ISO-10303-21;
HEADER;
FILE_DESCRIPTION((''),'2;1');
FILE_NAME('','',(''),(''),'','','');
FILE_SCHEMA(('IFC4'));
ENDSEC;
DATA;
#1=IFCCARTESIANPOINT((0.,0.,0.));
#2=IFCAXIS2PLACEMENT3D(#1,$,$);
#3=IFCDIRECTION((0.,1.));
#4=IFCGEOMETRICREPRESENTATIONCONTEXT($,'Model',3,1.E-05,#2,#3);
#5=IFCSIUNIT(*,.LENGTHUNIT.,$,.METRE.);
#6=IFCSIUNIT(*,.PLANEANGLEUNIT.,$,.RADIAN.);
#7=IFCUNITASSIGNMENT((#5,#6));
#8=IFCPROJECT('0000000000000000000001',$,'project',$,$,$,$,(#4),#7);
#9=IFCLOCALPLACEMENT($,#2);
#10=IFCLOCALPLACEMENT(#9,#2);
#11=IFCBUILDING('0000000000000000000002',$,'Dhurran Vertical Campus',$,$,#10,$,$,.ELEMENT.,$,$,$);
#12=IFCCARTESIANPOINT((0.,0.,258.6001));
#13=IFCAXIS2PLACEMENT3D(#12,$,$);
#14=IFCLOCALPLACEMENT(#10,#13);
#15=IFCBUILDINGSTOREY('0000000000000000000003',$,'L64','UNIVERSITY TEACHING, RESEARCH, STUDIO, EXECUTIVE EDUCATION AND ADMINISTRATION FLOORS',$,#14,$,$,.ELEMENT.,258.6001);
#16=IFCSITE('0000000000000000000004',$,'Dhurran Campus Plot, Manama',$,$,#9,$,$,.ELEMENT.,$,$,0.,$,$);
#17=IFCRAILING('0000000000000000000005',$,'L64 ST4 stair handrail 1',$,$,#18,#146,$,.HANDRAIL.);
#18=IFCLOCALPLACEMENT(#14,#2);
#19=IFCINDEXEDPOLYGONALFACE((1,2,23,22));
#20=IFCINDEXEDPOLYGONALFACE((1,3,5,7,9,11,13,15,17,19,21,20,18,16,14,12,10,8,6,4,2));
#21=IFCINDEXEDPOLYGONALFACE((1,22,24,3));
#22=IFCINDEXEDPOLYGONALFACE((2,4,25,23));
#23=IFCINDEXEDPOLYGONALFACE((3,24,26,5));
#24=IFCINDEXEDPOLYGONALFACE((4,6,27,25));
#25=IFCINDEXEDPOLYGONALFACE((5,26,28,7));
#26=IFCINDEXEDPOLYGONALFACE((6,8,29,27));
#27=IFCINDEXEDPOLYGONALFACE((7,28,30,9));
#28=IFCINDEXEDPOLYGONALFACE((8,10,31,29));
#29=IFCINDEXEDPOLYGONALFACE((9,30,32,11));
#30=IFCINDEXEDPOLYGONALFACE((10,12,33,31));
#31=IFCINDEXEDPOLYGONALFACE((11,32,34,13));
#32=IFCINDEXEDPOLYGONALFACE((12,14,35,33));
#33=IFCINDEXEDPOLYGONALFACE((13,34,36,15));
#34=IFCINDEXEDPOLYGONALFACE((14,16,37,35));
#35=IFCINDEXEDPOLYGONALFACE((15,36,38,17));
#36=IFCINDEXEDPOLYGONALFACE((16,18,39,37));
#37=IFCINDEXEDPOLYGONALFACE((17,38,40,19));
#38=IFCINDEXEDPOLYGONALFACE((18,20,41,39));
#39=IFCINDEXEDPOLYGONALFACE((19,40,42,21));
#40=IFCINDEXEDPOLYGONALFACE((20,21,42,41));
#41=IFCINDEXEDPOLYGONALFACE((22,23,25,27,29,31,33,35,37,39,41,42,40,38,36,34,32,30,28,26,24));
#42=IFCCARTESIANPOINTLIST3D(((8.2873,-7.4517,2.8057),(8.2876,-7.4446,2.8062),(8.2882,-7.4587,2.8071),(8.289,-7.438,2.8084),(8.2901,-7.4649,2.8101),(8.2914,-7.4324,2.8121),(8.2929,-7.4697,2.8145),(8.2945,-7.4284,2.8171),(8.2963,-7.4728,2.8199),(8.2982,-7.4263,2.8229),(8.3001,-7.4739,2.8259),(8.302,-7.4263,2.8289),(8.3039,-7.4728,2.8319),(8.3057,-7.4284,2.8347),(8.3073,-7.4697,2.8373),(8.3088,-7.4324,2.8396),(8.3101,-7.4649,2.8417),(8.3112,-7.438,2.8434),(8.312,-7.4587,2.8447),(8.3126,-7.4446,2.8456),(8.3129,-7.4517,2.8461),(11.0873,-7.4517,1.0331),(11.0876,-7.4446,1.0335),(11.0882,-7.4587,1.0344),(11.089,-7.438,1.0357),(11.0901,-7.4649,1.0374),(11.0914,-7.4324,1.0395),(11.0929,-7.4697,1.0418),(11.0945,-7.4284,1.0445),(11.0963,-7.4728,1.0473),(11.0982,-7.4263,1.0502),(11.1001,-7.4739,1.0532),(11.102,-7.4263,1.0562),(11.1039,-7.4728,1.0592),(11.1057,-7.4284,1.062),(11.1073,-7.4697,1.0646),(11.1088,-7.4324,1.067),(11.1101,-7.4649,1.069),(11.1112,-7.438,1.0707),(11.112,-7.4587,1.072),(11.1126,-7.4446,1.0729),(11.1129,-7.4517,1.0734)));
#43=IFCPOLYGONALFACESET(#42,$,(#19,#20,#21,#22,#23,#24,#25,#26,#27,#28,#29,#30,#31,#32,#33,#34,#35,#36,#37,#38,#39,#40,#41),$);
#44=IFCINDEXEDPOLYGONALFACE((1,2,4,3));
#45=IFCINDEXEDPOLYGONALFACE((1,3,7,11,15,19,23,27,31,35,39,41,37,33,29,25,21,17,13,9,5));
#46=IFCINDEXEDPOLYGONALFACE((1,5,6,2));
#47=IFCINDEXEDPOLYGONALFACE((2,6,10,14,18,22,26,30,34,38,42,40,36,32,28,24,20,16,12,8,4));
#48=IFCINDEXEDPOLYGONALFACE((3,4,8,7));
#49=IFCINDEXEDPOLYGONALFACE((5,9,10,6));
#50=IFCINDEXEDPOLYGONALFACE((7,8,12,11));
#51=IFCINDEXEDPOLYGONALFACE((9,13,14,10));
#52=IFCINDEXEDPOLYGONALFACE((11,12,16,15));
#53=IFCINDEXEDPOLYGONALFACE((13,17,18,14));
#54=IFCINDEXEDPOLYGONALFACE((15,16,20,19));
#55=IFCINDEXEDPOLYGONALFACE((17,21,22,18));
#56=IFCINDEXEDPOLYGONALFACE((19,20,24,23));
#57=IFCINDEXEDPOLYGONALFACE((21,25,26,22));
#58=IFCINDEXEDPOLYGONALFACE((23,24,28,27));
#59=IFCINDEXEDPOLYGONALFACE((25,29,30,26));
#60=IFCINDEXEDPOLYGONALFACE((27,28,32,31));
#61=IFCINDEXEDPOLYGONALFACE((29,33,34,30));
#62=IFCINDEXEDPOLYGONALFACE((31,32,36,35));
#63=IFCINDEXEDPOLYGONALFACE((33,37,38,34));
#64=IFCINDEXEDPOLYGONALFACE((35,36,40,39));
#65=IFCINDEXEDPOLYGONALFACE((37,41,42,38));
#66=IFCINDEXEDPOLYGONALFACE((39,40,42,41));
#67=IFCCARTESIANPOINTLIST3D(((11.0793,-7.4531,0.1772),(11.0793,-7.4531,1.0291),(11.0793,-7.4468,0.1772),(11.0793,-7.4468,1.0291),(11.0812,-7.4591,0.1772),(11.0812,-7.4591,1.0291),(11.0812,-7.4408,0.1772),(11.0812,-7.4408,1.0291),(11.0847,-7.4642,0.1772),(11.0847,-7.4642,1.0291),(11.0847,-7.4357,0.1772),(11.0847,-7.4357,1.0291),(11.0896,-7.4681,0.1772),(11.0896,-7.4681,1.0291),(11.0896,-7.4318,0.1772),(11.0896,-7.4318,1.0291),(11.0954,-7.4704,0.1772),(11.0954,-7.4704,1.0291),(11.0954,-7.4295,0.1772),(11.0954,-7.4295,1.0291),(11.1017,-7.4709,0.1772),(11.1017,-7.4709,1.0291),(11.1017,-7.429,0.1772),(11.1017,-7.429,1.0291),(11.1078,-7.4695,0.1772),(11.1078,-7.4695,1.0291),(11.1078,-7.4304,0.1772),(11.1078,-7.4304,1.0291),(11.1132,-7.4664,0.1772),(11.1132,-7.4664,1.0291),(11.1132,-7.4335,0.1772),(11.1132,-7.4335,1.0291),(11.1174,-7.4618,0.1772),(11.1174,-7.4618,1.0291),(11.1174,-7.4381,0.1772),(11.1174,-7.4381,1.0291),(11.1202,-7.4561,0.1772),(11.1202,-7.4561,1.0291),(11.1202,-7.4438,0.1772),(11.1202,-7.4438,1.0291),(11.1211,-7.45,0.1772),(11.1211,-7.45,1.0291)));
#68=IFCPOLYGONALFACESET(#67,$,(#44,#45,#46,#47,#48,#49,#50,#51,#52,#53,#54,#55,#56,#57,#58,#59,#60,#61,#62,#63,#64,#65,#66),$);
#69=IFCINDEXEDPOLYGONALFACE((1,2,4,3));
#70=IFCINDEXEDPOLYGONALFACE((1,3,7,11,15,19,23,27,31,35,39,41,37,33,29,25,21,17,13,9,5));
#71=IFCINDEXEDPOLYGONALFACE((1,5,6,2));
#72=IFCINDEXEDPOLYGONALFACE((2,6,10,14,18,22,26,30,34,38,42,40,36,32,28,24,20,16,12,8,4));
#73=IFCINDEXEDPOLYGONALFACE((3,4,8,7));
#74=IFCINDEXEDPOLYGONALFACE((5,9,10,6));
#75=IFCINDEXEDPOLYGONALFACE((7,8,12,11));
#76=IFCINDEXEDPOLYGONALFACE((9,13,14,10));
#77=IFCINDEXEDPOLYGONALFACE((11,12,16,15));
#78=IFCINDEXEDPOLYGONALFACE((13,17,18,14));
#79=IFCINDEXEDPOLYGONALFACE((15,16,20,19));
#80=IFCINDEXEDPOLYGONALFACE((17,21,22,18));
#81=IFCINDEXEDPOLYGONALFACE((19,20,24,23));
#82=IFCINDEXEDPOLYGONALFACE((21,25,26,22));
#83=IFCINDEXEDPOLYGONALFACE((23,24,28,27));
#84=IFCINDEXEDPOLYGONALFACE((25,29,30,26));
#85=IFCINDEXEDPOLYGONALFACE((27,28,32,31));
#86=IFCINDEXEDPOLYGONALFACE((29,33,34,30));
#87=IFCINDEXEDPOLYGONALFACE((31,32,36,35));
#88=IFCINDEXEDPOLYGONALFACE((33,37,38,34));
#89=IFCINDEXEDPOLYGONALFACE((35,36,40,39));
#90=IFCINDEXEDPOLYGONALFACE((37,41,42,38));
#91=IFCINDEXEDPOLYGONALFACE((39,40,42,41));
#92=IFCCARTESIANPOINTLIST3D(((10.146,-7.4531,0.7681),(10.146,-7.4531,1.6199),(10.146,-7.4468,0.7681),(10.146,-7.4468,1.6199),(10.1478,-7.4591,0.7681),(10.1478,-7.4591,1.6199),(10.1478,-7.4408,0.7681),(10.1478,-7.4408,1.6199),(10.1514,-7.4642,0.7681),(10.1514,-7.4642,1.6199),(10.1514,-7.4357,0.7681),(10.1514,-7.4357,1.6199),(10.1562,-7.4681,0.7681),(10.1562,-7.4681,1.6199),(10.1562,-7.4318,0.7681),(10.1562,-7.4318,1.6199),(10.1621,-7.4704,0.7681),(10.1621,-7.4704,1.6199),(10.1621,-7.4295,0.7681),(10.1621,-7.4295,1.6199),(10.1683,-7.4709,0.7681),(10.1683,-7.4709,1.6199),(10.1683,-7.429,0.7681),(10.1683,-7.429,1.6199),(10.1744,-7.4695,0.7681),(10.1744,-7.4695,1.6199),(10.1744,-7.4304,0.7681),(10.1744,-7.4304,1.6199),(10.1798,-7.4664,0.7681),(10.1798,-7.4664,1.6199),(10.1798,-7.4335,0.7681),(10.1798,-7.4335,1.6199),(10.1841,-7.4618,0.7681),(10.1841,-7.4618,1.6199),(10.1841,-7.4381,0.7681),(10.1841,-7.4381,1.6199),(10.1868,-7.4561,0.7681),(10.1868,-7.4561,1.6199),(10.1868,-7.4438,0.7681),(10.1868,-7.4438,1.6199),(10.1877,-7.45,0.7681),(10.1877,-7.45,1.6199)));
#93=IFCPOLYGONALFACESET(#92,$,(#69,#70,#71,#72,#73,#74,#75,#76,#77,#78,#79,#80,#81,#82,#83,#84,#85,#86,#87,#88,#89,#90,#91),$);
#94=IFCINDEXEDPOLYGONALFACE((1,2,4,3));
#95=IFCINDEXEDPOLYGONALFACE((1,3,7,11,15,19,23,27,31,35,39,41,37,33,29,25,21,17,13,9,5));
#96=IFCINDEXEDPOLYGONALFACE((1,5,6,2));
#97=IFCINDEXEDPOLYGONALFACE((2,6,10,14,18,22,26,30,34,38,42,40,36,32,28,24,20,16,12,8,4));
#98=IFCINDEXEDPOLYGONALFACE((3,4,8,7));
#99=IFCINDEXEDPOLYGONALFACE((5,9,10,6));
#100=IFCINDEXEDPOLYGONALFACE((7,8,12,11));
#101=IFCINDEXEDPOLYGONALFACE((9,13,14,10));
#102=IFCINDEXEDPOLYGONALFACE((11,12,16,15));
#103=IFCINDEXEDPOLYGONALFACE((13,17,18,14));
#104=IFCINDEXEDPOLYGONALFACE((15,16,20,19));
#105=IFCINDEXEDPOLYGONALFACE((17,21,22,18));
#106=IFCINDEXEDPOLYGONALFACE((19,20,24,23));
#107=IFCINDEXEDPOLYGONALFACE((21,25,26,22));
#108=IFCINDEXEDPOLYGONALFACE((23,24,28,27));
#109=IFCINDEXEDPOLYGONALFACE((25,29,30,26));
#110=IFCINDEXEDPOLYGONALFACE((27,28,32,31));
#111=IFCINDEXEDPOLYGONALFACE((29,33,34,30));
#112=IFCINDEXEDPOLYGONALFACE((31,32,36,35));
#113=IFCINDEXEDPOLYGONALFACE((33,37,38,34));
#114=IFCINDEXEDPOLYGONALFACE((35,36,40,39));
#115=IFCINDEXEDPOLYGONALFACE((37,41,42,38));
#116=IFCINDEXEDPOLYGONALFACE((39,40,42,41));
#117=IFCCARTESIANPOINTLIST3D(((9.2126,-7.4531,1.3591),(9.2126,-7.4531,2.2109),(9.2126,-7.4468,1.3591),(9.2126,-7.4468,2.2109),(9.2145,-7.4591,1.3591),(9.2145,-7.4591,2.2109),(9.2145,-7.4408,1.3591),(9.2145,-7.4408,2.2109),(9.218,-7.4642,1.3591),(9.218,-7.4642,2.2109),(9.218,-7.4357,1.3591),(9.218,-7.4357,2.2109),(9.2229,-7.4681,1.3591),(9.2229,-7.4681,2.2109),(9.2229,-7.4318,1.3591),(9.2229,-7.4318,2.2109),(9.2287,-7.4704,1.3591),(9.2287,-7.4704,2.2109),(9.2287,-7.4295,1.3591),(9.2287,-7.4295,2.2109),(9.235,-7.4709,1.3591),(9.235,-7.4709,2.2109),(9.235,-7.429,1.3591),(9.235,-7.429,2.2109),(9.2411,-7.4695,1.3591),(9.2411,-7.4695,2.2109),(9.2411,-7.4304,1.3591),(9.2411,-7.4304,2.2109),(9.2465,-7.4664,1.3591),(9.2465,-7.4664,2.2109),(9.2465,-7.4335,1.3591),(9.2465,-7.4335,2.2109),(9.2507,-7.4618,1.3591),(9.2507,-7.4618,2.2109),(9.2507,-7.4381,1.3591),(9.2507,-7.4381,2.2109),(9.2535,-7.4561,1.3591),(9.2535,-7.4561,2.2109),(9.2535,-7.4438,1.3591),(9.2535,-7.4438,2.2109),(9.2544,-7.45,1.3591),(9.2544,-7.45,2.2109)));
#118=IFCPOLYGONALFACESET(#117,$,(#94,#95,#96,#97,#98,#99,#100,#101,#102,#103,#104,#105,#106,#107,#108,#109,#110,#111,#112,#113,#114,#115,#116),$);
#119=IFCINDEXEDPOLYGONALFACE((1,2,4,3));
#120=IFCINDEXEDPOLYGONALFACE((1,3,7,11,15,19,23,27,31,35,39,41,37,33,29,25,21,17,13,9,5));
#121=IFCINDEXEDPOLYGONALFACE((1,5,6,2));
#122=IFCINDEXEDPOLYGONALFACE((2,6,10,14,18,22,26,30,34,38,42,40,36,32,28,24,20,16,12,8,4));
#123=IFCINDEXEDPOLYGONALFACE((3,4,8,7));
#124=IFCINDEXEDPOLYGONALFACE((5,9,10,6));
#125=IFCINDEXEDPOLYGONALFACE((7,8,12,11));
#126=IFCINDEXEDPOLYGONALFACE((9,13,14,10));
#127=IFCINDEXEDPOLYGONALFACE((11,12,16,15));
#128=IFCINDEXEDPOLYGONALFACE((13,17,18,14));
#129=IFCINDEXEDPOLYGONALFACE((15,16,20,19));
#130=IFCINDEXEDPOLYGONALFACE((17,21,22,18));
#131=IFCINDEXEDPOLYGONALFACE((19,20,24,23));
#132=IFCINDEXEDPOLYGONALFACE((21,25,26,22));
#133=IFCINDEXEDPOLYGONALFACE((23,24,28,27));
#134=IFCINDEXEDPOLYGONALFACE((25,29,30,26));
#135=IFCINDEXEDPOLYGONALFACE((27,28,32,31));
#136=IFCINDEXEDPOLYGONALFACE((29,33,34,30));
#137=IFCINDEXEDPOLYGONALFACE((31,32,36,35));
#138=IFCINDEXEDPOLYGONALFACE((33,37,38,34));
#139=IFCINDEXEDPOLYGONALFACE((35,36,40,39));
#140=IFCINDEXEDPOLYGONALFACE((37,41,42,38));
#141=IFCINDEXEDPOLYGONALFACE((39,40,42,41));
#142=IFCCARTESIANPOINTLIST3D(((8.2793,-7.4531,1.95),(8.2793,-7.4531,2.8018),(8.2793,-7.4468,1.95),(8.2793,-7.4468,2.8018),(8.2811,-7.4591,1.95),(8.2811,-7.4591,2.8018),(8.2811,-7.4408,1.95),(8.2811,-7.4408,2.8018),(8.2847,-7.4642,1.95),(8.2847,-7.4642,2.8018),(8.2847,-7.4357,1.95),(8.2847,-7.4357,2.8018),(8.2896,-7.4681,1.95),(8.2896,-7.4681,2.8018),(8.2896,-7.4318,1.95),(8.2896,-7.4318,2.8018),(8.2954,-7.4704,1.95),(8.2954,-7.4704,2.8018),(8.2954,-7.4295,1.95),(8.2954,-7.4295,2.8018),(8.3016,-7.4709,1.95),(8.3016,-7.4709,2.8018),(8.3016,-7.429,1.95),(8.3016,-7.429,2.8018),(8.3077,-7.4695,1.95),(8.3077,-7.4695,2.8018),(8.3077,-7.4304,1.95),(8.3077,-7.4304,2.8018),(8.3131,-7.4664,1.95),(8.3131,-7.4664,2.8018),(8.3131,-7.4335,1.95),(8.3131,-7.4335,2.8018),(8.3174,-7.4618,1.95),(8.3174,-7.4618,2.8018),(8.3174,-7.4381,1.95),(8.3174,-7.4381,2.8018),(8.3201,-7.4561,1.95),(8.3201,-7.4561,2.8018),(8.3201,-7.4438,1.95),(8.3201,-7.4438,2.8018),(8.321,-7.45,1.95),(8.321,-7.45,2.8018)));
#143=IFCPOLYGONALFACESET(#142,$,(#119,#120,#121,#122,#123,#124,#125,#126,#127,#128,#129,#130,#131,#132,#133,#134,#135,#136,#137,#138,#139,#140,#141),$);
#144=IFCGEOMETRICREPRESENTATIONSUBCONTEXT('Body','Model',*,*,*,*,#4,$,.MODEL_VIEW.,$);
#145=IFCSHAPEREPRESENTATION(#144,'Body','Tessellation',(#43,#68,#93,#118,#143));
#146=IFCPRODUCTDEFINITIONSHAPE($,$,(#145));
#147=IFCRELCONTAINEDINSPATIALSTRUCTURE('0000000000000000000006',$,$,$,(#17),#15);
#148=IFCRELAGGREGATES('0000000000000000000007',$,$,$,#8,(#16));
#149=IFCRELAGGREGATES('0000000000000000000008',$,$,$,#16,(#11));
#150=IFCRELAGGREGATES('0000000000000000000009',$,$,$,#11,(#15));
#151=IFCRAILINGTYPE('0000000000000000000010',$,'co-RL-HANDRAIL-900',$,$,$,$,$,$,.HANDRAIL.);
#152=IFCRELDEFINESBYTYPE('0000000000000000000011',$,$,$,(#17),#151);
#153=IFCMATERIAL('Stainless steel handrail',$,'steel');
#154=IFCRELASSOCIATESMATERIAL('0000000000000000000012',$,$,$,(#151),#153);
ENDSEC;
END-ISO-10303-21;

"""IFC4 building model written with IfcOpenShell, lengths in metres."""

from ifc_helpers import new_model, si_unit, direction, frame, origin, origin_2d, place, context, subcontext, project, spatial, circle, extrude, material, type_object, element, save


model = new_model("IFC4")

# Units and contexts
model_context = context("Model", 3, precision=1e-05, world=origin(), true_north=direction((0.0, 1.0)))
body_context = subcontext(model_context, "Body", "Model", "MODEL_VIEW")
ifc_project = project(units=[si_unit("LENGTHUNIT", "METRE"), si_unit("PLANEANGLEUNIT", "RADIAN")], contexts=[model_context])

# Site, building, storey
site_placement = place(None, origin())
site = spatial("IfcSite", under=ifc_project, at=site_placement, Name="Dhurran Campus Plot, Manama", CompositionType="ELEMENT", RefElevation=0.0)
building_placement = place(site_placement, origin())
building = spatial("IfcBuilding", under=site, at=building_placement, Name="Dhurran Vertical Campus", CompositionType="ELEMENT")
storey_placement = place(building_placement, frame((0.0, 0.0, 258.6001)))
storey = spatial("IfcBuildingStorey", under=building, at=storey_placement, Name="L64", Description="UNIVERSITY TEACHING, RESEARCH, STUDIO, EXECUTIVE EDUCATION AND ADMINISTRATION FLOORS", CompositionType="ELEMENT", Elevation=258.6001)

# Railing
ifc_material_1 = material(Name="Stainless steel handrail", Category="steel")
railing_type_1 = type_object("IfcRailingType", Name="co-RL-HANDRAIL-900", PredefinedType="HANDRAIL", material=ifc_material_1)
railing_1_placement = place(storey_placement, frame((11.1001, -7.45, 0.1772)))
element("IfcRailing", 1, at=railing_1_placement, inside=storey, type_object=railing_type_1, Name="L64 ST4 stair handrail 1", PredefinedType="HANDRAIL", context=body_context, shape_type="SweptSolid", body=[
    extrude(circle(Radius=0.0239, at=origin_2d()), frame((0.0, 0.0, 0.876), z_axis=(-0.844909, 0.0, 0.53491), x_axis=(0.0, -1.0, 0.0)), (0.0, 0.0, 1.0), 3.314),
    extrude(circle(Radius=0.021, at=origin_2d()), origin(), (0.0, 0.0, 1.0), 0.8518),
    extrude(circle(Radius=0.021, at=origin_2d()), frame((-0.9333, 0.0, 0.5908)), (0.0, 0.0, 1.0), 0.8518),
    extrude(circle(Radius=0.021, at=origin_2d()), frame((-1.8667, 0.0, 1.1819)), (0.0, 0.0, 1.0), 0.8518),
    extrude(circle(Radius=0.021, at=origin_2d()), frame((-2.8, 0.0, 1.7727)), (0.0, 0.0, 1.0), 0.8518),
])

save(model, "model.ifc")
